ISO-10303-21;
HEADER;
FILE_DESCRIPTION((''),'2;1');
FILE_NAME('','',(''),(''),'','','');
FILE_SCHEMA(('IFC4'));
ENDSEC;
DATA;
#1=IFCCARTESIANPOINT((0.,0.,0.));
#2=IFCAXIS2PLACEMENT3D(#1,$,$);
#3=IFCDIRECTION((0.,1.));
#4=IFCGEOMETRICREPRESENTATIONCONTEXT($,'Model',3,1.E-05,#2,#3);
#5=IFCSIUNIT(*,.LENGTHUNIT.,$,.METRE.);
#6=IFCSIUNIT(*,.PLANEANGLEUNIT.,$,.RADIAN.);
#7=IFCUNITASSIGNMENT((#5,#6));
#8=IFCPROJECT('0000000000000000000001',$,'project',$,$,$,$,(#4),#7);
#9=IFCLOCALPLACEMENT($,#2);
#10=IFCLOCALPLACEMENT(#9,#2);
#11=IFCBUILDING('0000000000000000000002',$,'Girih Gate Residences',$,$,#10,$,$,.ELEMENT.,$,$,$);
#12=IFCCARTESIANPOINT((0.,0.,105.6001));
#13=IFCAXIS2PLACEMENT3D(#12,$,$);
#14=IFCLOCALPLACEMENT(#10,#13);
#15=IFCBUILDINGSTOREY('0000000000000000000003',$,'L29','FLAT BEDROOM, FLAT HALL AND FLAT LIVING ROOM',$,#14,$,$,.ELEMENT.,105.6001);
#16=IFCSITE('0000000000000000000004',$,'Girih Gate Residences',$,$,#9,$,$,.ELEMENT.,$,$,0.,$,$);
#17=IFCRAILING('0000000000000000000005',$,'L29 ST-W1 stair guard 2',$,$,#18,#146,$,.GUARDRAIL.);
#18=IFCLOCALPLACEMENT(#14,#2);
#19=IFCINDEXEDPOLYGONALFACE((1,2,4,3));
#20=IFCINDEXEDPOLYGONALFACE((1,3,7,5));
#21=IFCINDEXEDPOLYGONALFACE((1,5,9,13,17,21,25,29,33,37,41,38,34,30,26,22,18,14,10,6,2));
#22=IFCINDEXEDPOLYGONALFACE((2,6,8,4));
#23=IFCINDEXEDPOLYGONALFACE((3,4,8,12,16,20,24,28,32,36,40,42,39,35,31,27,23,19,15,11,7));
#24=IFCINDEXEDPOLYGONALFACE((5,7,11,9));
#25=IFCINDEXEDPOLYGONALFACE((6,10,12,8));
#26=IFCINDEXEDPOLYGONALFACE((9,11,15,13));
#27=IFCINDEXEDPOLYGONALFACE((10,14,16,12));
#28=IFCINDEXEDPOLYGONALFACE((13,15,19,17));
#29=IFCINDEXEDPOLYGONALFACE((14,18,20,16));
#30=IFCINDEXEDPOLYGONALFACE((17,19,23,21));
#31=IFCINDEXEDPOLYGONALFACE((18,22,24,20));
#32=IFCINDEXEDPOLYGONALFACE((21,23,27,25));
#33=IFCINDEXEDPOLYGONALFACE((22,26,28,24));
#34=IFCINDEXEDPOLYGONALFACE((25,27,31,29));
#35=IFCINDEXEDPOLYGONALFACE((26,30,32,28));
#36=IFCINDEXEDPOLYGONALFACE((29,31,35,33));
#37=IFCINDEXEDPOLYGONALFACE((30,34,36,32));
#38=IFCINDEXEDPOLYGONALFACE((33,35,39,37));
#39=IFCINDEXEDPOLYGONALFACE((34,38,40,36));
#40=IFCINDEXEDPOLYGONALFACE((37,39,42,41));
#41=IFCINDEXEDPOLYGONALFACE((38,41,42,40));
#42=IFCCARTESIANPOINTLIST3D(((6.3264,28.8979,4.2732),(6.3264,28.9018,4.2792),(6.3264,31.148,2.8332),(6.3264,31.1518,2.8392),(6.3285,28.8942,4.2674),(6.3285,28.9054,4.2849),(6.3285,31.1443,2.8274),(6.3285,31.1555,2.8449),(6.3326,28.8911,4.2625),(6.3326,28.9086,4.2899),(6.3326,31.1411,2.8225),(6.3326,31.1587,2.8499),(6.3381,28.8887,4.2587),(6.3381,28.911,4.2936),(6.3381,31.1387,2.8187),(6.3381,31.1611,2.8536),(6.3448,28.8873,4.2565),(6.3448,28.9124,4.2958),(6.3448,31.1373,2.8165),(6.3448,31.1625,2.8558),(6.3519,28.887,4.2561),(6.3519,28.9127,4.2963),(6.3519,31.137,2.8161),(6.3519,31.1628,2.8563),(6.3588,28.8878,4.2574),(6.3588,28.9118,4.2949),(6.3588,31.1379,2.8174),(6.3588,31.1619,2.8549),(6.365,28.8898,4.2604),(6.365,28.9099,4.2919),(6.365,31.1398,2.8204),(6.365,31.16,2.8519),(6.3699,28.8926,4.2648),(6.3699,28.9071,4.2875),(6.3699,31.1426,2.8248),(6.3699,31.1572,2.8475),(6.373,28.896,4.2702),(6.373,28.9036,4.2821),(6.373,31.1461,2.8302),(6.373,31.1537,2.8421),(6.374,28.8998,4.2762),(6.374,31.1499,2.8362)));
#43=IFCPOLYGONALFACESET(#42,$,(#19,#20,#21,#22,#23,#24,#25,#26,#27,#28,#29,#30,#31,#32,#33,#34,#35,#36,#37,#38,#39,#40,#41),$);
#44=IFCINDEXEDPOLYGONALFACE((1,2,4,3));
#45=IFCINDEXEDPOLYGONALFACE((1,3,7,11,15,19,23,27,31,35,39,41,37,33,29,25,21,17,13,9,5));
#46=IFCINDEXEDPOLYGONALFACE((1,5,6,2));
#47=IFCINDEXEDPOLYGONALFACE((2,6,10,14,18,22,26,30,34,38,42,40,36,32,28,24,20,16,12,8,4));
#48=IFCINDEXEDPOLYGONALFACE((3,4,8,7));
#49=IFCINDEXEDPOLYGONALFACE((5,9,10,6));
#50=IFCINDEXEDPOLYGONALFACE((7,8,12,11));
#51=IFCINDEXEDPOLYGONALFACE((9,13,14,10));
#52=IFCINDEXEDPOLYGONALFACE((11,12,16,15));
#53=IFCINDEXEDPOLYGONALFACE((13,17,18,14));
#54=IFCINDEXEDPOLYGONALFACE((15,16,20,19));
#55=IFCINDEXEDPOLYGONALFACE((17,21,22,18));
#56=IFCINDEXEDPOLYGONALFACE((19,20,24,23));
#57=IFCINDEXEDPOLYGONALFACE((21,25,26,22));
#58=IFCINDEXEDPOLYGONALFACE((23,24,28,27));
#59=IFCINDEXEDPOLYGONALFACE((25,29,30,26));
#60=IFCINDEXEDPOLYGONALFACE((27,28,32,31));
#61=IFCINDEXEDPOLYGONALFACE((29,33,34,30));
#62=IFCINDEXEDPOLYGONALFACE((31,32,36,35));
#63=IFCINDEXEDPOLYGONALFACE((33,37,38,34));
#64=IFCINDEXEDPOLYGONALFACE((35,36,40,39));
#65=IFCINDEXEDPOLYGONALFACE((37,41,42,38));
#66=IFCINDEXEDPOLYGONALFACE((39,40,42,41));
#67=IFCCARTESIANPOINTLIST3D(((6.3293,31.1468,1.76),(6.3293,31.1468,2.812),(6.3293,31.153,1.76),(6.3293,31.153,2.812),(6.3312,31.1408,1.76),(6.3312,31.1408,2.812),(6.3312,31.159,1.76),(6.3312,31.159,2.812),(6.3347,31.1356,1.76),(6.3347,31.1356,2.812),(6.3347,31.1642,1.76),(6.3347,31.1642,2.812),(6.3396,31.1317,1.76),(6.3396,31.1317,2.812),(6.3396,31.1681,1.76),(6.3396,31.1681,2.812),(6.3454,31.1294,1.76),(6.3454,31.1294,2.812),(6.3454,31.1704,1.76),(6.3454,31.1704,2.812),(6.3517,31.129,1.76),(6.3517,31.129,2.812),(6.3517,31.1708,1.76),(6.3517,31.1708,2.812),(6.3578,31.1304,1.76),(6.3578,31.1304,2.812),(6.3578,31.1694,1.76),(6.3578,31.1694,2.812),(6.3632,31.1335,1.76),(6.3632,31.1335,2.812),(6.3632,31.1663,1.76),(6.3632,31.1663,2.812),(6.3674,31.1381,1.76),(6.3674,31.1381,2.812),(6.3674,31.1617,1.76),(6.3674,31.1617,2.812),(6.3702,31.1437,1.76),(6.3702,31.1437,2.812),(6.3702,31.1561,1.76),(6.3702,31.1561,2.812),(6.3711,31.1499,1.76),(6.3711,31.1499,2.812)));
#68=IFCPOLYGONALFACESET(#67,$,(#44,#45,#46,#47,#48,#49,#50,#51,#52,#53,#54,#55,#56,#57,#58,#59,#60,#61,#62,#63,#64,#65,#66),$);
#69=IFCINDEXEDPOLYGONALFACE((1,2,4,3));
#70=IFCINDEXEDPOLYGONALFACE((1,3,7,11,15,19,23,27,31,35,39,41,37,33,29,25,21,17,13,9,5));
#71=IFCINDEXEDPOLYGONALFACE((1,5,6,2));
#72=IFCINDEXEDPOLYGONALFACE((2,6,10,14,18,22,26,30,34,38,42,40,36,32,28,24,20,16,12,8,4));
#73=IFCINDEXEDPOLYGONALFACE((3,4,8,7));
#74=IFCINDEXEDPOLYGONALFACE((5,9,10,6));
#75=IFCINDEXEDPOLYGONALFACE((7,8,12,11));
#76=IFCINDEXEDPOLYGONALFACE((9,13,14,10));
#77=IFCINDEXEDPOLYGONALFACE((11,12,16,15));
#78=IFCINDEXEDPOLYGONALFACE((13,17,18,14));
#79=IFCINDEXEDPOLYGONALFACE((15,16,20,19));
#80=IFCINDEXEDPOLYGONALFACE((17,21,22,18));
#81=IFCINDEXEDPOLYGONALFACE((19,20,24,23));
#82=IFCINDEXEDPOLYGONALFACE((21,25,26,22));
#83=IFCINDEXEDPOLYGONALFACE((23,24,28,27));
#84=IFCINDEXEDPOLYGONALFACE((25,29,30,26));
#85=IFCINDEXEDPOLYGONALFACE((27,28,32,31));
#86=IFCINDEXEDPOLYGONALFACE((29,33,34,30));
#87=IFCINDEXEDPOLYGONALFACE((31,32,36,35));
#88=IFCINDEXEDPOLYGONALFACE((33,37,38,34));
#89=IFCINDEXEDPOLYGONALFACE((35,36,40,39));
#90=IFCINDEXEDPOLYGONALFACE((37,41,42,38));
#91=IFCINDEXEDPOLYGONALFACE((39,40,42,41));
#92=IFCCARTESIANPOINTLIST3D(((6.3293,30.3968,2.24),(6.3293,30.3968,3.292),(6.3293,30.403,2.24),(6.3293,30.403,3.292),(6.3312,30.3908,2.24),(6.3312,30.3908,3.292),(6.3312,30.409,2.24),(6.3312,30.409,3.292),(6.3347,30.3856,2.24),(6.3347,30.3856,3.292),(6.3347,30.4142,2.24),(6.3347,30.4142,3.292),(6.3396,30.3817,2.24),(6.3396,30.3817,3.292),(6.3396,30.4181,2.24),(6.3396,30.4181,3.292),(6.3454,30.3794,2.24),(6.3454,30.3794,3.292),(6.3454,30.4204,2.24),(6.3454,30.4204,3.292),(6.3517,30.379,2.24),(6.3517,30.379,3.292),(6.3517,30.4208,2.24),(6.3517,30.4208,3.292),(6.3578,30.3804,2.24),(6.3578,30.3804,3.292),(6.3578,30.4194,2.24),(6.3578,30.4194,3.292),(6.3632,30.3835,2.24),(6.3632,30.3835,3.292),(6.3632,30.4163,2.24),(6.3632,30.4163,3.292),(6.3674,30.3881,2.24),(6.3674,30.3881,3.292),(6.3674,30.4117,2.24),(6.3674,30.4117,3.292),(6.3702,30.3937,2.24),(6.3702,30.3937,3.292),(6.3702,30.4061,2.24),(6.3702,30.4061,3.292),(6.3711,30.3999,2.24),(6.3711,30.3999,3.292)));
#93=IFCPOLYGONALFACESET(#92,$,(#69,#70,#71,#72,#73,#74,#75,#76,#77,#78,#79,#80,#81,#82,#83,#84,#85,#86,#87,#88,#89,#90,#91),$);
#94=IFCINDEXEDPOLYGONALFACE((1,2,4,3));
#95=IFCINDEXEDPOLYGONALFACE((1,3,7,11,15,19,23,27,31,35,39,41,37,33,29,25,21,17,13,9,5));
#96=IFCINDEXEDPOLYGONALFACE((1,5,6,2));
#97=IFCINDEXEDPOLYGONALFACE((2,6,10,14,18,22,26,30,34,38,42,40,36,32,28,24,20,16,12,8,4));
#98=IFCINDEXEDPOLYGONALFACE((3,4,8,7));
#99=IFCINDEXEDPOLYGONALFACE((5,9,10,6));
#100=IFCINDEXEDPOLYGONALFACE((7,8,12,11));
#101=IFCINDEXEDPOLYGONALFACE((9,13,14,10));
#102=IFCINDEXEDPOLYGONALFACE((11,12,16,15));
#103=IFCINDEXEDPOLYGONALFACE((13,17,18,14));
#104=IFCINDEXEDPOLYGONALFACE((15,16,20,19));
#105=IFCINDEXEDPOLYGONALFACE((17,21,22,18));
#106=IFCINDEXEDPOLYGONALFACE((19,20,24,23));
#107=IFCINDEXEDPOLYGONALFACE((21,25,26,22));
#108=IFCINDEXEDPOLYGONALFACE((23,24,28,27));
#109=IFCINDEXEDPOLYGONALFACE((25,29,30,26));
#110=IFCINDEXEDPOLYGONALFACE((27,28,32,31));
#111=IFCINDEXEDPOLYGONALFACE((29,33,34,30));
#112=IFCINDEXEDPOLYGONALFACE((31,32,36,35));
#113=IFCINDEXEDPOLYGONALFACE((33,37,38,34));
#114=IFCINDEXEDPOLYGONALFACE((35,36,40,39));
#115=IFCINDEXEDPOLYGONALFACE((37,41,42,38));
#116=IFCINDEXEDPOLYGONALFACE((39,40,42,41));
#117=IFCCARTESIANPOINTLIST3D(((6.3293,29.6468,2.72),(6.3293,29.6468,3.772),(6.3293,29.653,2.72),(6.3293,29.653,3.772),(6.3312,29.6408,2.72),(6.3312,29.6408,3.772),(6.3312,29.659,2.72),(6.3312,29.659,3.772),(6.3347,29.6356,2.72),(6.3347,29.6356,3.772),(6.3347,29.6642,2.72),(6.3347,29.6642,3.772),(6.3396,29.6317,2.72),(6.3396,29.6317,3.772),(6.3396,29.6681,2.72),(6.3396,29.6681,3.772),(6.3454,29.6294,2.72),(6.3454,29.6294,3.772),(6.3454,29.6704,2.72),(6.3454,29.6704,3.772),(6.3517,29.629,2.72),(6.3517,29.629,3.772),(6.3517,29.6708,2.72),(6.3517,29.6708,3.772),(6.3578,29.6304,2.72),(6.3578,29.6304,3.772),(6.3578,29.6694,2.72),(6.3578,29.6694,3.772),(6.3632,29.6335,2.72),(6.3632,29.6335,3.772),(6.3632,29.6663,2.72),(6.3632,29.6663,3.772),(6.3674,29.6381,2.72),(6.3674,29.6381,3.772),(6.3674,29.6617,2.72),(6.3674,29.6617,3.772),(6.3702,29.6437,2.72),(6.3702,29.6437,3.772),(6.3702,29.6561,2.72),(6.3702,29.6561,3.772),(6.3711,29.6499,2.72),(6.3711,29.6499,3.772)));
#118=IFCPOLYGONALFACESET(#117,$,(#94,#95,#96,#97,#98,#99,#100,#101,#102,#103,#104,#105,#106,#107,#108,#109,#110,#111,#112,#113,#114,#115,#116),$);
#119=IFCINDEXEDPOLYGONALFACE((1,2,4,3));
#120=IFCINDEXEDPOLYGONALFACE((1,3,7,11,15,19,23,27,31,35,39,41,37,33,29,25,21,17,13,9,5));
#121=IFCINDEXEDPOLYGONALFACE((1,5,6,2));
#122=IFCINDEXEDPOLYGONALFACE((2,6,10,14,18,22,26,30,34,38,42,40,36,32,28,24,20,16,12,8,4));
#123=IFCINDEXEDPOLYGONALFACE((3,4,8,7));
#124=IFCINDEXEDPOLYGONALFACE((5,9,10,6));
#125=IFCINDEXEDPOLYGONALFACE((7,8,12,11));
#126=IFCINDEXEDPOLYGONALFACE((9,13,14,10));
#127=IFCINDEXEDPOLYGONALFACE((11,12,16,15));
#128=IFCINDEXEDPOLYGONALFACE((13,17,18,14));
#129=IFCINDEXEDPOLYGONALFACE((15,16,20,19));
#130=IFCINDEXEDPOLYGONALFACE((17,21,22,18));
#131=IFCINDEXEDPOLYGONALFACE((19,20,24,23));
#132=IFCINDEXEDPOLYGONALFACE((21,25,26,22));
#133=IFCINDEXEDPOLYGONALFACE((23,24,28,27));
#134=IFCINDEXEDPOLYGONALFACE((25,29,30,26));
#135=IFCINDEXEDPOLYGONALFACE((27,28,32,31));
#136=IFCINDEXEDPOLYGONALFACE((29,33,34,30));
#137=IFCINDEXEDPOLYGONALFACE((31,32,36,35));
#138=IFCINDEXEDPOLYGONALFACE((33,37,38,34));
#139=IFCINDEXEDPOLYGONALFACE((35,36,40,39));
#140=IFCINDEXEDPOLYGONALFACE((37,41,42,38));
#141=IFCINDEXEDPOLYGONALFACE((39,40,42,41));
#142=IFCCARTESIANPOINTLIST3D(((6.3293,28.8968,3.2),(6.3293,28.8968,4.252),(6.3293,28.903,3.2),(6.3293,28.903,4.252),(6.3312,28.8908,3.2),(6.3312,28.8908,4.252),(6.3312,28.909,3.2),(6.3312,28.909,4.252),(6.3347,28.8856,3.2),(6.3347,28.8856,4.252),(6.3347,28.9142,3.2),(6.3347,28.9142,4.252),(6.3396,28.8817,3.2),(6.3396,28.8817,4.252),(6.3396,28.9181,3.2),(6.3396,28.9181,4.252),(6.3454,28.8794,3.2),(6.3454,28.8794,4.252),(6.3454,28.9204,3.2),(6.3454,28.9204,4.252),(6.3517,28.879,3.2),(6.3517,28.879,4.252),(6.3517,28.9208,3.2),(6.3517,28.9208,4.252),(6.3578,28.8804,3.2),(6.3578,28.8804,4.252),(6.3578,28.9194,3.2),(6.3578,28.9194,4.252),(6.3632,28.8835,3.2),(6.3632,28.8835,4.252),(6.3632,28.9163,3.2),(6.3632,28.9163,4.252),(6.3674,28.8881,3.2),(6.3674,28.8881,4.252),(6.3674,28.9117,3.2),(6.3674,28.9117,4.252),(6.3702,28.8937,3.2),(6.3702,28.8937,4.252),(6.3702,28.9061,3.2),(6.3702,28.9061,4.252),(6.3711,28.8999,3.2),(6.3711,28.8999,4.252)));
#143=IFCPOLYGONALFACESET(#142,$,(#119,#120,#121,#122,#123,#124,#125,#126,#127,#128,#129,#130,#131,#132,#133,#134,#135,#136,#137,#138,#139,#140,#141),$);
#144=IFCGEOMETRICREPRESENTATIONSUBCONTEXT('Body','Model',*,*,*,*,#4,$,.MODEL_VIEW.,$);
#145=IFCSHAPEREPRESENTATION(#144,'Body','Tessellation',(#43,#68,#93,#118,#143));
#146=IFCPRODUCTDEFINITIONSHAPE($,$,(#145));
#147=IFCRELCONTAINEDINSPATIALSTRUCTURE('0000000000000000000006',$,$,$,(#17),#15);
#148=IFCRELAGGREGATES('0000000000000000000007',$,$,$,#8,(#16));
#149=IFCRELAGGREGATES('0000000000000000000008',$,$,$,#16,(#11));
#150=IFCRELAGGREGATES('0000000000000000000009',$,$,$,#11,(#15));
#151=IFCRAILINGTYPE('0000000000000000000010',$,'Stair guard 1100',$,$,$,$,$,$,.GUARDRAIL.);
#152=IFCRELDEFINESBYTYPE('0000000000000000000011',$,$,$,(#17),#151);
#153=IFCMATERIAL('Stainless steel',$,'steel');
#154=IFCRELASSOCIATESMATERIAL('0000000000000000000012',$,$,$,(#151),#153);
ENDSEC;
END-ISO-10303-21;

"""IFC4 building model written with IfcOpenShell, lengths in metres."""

from ifc_helpers import new_model, si_unit, direction, frame, origin, origin_2d, place, context, subcontext, project, spatial, circle, extrude, material, type_object, element, save


model = new_model("IFC4")

# Units and contexts
model_context = context("Model", 3, precision=1e-05, world=origin(), true_north=direction((0.0, 1.0)))
body_context = subcontext(model_context, "Body", "Model", "MODEL_VIEW")
ifc_project = project(units=[si_unit("LENGTHUNIT", "METRE"), si_unit("PLANEANGLEUNIT", "RADIAN")], contexts=[model_context])

# Site, building, storey
site_placement = place(None, origin())
site = spatial("IfcSite", under=ifc_project, at=site_placement, Name="Girih Gate Residences", CompositionType="ELEMENT", RefElevation=0.0)
building_placement = place(site_placement, origin())
building = spatial("IfcBuilding", under=site, at=building_placement, Name="Girih Gate Residences", CompositionType="ELEMENT")
storey_placement = place(building_placement, frame((0.0, 0.0, 105.6001)))
storey = spatial("IfcBuildingStorey", under=building, at=storey_placement, Name="L29", Description="FLAT BEDROOM, FLAT HALL AND FLAT LIVING ROOM", CompositionType="ELEMENT", Elevation=105.6001)

# Shared definitions
ifc_material_1 = material(Name="Stainless steel", Category="steel")

# Railing
railing_type = type_object("IfcRailingType", Name="Stair guard 1100", PredefinedType="GUARDRAIL", material=ifc_material_1)
railing_placement = place(storey_placement, frame((6.3501, 31.1499, 1.76)))
element("IfcRailing", 1, at=railing_placement, inside=storey, type_object=railing_type, Name="L29 ST-W1 stair guard 2", PredefinedType="GUARDRAIL", context=body_context, shape_type="SweptSolid", body=[
    extrude(circle(Radius=0.0239, at=origin_2d()), frame((0.0, 0.0, 1.0762), z_axis=(0.0, -0.842281, 0.539038), x_axis=(1.0, 0.0, 0.0)), (0.0, 0.0, 1.0), 2.6714),
    extrude(circle(Radius=0.021, at=origin_2d()), origin(), (0.0, 0.0, 1.0), 1.052),
    extrude(circle(Radius=0.021, at=origin_2d()), frame((0.0, -0.75, 0.48)), (0.0, 0.0, 1.0), 1.052),
    extrude(circle(Radius=0.021, at=origin_2d()), frame((0.0, -1.5, 0.96)), (0.0, 0.0, 1.0), 1.052),
    extrude(circle(Radius=0.021, at=origin_2d()), frame((0.0, -2.25, 1.4399)), (0.0, 0.0, 1.0), 1.052),
])

save(model, "model.ifc")
